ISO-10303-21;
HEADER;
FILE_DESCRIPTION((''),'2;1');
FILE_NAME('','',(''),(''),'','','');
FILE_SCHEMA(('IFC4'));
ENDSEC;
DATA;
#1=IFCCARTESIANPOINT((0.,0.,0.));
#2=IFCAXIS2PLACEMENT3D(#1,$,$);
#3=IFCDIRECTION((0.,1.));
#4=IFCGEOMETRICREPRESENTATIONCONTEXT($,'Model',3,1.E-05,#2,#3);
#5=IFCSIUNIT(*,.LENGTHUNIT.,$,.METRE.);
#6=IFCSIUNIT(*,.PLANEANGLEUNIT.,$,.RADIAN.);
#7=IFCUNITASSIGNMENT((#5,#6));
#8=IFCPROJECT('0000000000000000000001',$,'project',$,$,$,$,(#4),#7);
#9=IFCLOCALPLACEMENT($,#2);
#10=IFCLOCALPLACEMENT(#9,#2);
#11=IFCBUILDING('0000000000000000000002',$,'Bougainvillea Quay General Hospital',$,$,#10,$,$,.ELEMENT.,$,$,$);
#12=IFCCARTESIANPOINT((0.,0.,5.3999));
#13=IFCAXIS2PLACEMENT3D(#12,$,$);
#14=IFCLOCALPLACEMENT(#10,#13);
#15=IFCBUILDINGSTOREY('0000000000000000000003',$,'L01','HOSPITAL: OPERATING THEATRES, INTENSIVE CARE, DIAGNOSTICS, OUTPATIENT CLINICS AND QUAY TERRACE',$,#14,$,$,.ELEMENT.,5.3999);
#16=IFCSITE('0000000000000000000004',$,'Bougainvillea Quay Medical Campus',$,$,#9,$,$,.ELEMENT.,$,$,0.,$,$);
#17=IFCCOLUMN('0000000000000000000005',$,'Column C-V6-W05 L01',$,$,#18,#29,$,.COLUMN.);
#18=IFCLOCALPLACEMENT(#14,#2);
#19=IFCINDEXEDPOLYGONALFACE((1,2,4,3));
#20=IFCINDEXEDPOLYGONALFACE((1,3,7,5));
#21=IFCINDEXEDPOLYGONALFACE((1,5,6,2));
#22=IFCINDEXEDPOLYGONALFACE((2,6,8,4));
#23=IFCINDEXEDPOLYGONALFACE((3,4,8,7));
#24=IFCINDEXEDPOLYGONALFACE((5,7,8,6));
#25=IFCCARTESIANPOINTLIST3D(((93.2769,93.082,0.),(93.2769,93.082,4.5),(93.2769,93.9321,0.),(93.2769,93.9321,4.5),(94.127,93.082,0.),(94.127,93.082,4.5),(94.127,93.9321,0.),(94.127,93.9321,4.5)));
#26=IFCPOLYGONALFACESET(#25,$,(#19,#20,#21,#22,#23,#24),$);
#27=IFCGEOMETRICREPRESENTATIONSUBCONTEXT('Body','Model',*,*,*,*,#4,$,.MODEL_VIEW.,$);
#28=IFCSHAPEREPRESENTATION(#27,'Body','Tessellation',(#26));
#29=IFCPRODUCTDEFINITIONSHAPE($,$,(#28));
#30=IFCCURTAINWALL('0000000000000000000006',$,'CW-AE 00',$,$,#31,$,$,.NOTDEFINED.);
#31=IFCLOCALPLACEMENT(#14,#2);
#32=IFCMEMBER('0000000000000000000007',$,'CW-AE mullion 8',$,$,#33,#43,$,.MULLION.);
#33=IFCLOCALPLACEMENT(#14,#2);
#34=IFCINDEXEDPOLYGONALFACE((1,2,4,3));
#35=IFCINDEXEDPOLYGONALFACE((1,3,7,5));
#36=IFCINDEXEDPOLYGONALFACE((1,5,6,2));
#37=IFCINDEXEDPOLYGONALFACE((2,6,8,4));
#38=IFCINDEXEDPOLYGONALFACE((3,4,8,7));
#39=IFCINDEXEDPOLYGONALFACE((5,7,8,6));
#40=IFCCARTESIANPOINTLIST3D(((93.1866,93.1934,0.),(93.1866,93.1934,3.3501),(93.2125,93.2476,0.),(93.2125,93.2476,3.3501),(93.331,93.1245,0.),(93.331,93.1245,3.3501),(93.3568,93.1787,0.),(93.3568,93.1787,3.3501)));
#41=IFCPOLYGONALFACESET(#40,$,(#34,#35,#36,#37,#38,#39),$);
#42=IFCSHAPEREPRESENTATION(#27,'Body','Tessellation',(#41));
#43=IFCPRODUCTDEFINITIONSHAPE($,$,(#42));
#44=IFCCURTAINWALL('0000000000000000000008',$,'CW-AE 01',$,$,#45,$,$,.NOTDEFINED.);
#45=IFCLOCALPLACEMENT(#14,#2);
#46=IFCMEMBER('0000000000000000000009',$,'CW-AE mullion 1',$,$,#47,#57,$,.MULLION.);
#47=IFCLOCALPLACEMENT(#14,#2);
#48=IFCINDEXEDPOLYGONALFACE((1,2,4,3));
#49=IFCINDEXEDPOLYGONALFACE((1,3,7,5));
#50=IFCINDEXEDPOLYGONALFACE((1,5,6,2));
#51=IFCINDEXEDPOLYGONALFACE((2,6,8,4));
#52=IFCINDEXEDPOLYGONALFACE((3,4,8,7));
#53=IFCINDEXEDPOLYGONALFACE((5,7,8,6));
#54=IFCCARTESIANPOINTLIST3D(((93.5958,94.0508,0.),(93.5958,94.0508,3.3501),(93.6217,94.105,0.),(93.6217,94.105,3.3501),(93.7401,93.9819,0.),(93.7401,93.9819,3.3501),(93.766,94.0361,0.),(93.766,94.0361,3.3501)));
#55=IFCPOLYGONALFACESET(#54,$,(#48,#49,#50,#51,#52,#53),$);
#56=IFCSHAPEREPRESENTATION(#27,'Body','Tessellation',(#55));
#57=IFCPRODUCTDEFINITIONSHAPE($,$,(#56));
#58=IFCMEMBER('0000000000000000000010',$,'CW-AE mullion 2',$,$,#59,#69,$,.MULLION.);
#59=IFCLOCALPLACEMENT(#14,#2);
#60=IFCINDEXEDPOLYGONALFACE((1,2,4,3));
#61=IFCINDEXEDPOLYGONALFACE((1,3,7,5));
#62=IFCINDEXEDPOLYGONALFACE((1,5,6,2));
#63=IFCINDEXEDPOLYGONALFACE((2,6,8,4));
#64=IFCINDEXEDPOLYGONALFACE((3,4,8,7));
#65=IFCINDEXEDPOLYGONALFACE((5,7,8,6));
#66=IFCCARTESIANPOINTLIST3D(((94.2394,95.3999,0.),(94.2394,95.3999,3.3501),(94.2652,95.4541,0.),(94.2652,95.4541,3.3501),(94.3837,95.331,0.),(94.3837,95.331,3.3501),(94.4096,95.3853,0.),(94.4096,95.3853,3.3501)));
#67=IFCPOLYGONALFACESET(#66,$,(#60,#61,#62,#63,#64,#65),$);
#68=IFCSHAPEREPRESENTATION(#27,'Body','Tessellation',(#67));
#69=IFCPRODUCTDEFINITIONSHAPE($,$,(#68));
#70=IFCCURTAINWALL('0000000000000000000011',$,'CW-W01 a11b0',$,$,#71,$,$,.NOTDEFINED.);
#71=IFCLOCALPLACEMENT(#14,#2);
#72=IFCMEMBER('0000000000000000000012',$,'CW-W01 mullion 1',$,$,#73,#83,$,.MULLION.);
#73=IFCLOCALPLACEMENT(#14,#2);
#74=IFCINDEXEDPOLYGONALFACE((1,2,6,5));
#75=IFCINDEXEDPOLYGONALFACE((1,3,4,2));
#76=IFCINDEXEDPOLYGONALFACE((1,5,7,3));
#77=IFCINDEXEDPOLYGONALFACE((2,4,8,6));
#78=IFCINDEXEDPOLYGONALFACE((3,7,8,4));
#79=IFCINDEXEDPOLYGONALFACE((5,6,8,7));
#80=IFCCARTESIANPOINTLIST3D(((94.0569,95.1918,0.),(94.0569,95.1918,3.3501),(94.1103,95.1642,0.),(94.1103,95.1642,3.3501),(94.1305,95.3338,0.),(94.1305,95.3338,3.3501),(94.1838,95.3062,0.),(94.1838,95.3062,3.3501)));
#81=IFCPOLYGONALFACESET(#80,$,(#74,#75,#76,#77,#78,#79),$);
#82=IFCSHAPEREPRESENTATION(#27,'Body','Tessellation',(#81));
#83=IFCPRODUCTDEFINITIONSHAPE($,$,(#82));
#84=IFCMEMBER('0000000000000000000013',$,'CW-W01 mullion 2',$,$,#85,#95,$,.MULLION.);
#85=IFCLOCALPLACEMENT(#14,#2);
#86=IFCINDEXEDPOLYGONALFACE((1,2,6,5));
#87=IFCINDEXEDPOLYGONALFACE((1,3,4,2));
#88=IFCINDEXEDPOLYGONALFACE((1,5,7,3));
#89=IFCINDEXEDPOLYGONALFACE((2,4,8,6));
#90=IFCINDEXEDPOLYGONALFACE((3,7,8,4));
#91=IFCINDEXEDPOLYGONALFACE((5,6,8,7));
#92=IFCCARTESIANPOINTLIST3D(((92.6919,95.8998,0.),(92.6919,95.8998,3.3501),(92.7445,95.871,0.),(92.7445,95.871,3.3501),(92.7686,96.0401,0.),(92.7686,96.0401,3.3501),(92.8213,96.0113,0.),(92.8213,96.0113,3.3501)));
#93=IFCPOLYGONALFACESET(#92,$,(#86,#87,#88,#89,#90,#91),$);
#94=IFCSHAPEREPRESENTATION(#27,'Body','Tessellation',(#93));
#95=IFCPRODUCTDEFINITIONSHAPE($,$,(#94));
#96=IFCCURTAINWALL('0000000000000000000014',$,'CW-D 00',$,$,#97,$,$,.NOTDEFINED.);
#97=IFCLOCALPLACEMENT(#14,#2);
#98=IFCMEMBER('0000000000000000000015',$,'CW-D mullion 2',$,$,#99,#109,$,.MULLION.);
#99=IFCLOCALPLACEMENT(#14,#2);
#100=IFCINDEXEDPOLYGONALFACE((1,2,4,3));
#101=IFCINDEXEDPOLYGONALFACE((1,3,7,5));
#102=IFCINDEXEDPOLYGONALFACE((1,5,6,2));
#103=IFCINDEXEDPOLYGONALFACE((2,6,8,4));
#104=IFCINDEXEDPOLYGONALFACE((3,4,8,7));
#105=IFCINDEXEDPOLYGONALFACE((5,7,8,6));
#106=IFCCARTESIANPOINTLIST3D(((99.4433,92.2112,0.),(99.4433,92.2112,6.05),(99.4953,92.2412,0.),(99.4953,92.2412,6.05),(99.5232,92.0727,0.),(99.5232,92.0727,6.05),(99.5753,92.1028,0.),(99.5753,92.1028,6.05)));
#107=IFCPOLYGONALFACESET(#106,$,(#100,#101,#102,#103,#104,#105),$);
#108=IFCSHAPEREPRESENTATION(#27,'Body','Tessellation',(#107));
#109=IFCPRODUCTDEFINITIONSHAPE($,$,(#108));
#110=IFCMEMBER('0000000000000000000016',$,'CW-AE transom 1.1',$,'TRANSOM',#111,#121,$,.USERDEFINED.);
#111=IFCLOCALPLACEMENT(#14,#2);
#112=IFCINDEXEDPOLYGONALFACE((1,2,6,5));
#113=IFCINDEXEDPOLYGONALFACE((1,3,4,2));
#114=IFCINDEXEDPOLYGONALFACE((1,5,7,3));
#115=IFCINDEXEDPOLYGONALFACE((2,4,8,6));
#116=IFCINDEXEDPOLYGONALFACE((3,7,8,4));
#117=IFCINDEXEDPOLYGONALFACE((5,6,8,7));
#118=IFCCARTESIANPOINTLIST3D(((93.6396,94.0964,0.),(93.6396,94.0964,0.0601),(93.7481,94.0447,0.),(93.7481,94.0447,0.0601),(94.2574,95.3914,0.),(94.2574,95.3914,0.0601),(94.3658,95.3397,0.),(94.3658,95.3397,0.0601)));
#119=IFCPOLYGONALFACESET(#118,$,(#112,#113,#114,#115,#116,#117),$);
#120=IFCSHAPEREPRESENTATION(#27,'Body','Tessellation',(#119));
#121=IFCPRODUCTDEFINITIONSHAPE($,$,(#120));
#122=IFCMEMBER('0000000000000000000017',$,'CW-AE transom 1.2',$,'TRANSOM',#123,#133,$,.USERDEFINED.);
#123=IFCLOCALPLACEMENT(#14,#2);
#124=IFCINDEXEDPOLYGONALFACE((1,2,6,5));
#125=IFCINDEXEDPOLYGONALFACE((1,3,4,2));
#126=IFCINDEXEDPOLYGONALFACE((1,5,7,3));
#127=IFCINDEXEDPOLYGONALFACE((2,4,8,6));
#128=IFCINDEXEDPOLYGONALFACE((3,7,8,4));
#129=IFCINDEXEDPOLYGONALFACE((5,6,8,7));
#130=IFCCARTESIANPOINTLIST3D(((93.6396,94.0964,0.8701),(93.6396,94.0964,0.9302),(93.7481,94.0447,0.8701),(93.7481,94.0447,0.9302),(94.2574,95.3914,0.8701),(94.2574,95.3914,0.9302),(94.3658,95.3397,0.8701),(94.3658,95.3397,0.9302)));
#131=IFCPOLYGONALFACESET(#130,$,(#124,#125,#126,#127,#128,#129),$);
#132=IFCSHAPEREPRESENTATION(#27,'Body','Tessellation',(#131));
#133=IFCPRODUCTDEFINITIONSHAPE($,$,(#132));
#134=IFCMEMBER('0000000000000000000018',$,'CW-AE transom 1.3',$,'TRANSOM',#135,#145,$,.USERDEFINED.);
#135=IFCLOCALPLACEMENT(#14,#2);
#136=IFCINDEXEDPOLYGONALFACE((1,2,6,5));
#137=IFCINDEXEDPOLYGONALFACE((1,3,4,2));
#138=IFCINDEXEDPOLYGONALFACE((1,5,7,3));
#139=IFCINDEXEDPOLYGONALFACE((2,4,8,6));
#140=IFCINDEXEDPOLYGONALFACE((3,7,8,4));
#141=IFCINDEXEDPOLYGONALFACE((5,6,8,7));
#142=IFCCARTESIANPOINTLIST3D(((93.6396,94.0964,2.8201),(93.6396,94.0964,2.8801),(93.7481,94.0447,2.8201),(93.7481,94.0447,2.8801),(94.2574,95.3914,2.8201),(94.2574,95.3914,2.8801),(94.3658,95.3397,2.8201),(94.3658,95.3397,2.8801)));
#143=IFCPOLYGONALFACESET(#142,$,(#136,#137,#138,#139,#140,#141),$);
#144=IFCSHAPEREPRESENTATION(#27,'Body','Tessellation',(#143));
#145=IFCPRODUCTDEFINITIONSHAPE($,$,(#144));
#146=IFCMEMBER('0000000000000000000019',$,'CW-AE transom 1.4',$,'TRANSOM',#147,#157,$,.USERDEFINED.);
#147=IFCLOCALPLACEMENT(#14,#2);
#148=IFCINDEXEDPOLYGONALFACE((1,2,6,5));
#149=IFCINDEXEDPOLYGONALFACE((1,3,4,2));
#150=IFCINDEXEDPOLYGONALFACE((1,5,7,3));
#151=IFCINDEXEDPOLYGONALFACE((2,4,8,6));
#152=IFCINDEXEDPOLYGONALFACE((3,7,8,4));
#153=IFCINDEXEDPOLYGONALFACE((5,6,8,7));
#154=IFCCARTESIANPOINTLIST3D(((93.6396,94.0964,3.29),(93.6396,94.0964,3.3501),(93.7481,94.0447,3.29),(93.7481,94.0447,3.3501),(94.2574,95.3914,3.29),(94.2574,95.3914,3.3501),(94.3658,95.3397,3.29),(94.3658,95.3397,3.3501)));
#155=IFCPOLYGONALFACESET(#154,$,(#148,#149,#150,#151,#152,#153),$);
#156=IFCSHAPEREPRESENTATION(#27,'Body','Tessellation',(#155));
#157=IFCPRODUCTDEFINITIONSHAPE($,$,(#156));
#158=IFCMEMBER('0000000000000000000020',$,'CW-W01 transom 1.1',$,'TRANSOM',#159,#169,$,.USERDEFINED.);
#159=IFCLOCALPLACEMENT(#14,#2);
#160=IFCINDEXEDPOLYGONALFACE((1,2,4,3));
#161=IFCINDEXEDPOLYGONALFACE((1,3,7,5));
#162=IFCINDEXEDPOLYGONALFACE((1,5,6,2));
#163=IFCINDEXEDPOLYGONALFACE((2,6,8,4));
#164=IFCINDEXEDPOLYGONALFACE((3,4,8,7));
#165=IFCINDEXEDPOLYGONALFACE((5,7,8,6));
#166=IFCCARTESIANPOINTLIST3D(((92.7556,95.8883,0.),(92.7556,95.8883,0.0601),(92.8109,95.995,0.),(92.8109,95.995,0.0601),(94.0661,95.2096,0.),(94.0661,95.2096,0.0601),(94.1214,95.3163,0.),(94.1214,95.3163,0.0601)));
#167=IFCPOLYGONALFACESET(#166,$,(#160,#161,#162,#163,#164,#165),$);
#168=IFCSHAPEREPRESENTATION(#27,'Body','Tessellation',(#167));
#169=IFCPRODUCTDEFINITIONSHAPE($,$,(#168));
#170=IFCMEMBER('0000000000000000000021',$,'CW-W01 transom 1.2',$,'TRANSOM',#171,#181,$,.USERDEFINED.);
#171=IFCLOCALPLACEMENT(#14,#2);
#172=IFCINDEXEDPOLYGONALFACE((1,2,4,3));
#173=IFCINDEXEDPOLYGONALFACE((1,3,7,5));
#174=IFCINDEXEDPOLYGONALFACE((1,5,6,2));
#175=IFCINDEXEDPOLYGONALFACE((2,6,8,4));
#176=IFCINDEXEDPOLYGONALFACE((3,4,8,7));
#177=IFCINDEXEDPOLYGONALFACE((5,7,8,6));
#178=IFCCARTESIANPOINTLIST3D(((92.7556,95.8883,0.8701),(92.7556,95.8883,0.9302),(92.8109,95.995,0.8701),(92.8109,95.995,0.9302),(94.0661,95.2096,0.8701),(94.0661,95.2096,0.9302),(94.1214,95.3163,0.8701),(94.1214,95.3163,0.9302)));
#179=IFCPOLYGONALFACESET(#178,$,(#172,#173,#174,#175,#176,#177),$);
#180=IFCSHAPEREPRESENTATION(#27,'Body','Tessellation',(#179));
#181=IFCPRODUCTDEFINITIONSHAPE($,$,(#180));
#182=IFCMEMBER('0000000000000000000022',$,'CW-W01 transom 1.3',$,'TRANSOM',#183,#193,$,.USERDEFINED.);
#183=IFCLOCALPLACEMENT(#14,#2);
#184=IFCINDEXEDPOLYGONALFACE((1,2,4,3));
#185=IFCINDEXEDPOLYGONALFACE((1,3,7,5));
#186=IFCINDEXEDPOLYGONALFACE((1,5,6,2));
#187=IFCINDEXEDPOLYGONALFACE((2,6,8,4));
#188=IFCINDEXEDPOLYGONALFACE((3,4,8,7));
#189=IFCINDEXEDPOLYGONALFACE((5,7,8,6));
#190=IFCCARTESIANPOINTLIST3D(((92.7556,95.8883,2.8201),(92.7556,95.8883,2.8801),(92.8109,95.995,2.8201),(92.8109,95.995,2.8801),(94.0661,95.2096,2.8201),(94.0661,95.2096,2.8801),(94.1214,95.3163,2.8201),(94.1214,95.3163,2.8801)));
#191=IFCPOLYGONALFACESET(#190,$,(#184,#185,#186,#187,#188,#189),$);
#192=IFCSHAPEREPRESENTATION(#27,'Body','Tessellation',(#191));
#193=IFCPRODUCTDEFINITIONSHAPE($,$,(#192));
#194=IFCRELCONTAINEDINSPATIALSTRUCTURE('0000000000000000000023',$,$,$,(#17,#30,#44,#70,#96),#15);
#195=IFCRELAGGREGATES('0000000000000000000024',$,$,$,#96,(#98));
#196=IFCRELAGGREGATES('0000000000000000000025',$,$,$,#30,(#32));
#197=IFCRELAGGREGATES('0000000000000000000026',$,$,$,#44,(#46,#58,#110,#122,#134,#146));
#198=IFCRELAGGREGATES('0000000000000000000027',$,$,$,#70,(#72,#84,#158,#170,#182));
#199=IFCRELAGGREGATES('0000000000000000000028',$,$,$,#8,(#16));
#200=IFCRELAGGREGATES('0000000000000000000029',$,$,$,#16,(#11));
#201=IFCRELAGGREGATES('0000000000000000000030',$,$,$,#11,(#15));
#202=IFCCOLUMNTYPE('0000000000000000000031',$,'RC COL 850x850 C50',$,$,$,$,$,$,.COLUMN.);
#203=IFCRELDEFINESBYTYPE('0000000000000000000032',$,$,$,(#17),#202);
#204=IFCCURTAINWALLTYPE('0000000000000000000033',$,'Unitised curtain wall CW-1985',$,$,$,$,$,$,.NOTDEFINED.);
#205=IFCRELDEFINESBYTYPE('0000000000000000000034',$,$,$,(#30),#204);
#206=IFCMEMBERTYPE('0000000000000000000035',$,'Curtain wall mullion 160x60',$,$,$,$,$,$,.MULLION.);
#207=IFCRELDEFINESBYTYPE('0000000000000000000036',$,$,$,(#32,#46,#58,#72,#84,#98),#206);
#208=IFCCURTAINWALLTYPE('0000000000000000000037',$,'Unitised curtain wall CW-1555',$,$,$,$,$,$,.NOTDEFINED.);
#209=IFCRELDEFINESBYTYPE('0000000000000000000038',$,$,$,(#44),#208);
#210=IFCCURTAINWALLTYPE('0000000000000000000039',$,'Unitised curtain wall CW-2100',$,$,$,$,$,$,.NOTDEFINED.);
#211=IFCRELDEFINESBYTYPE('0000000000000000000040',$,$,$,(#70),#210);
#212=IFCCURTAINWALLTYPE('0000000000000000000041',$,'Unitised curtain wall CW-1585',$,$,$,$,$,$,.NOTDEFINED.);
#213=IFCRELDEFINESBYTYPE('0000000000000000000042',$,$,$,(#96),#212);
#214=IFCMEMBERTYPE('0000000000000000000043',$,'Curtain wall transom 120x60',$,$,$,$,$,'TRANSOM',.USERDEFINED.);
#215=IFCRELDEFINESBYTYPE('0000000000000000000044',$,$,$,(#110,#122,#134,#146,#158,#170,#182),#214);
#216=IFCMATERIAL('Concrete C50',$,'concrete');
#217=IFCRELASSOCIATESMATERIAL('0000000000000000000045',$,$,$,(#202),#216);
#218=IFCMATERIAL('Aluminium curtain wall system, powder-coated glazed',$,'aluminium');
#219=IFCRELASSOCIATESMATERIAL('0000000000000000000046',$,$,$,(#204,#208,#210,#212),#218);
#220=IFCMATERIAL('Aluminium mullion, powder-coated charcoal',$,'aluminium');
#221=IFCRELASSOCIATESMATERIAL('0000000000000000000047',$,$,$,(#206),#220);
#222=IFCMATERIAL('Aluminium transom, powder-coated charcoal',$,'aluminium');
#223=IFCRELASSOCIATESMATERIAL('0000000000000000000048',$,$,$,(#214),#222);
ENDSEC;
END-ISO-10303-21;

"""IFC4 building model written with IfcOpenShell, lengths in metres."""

from ifc_helpers import new_model, si_unit, direction, frame, origin, origin_2d, place, context, subcontext, project, spatial, rectangle, extrude, material, material_profile, profile_set, type_object, element, aggregate, save


model = new_model("IFC4")

# Units and contexts
model_context = context("Model", 3, precision=1e-05, world=origin(), true_north=direction((0.0, 1.0)))
body_context = subcontext(model_context, "Body", "Model", "MODEL_VIEW")
ifc_project = project(units=[si_unit("LENGTHUNIT", "METRE"), si_unit("PLANEANGLEUNIT", "RADIAN")], contexts=[model_context])

# Site, building, storey
site_placement = place(None, origin())
site = spatial("IfcSite", under=ifc_project, at=site_placement, Name="Bougainvillea Quay Medical Campus", CompositionType="ELEMENT", RefElevation=0.0)
building_placement = place(site_placement, origin())
building = spatial("IfcBuilding", under=site, at=building_placement, Name="Bougainvillea Quay General Hospital", CompositionType="ELEMENT")
storey_placement = place(building_placement, frame((0.0, 0.0, 5.3999)))
storey = spatial("IfcBuildingStorey", under=building, at=storey_placement, Name="L01", Description="HOSPITAL: OPERATING THEATRES, INTENSIVE CARE, DIAGNOSTICS, OUTPATIENT CLINICS AND QUAY TERRACE", CompositionType="ELEMENT", Elevation=5.3999)

# Column
ifc_material_1 = material(Name="Concrete C50", Category="concrete")
ifc_material_profile_1 = material_profile(ifc_material_1, rectangle(XDim=0.8501, YDim=0.8501, at=origin_2d()))
ifc_profile_set_1 = profile_set([ifc_material_profile_1], Name="Concrete C50")
column_type = type_object("IfcColumnType", Name="RC COL 850x850 C50", PredefinedType="COLUMN", material=ifc_profile_set_1)
column_placement = place(storey_placement, frame((93.7019, 93.5071, 0.0), z_axis=(0.0, 0.0, 1.0), x_axis=(1.0, 0.0, 0.0)))
element("IfcColumn", 1, at=column_placement, inside=storey, type_object=column_type, Name="Column C-V6-W05 L01", PredefinedType="COLUMN", context=body_context, shape_type="SweptSolid", body=[
    extrude(rectangle(XDim=0.8501, YDim=0.8501, at=origin_2d()), origin(), (0.0, 0.0, 1.0), 4.5),
])

# Curtain wall, member
ifc_material_2 = material(Name="Aluminium curtain wall system, powder-coated glazed", Category="aluminium")
curtain_wall_type_1 = type_object("IfcCurtainWallType", Name="Unitised curtain wall CW-1985", PredefinedType="NOTDEFINED", material=ifc_material_2)
curtain_wall_1_placement = place(storey_placement, origin())
curtain_wall_1 = element("IfcCurtainWall", 2, at=curtain_wall_1_placement, inside=storey, type_object=curtain_wall_type_1, Name="CW-AE 00", PredefinedType="NOTDEFINED")
ifc_material_3 = material(Name="Aluminium mullion, powder-coated charcoal", Category="aluminium")
ifc_material_profile_2 = material_profile(ifc_material_3, rectangle(XDim=0.1599, YDim=0.0601, at=origin_2d()))
ifc_profile_set_2 = profile_set([ifc_material_profile_2], Name="Aluminium mullion, powder-coated charcoal")
member_type_1 = type_object("IfcMemberType", Name="Curtain wall mullion 160x60", PredefinedType="MULLION", material=ifc_profile_set_2)
member_1_placement = place(storey_placement, frame((93.2717, 93.186, 0.0), z_axis=(0.0, 0.0, 1.0), x_axis=(-0.902561, 0.430563, 0.0)))
member_1 = element("IfcMember", 3, at=member_1_placement, type_object=member_type_1, Name="CW-AE mullion 8", PredefinedType="MULLION", context=body_context, shape_type="SweptSolid", body=[
    extrude(rectangle(XDim=0.1599, YDim=0.0601, at=origin_2d()), origin(), (0.0, 0.0, 1.0), 3.3501),
])

# Curtain walls, members
curtain_wall_type_2 = type_object("IfcCurtainWallType", Name="Unitised curtain wall CW-1555", PredefinedType="NOTDEFINED", material=ifc_material_2)
curtain_wall_2_placement = place(storey_placement, origin())
curtain_wall_2 = element("IfcCurtainWall", 4, at=curtain_wall_2_placement, inside=storey, type_object=curtain_wall_type_2, Name="CW-AE 01", PredefinedType="NOTDEFINED")
member_2_placement = place(storey_placement, frame((93.6809, 94.0435, 0.0), z_axis=(0.0, 0.0, 1.0), x_axis=(-0.902561, 0.430563, 0.0)))
member_2 = element("IfcMember", 5, at=member_2_placement, type_object=member_type_1, Name="CW-AE mullion 1", PredefinedType="MULLION", context=body_context, shape_type="SweptSolid", body=[
    extrude(rectangle(XDim=0.1599, YDim=0.0601, at=origin_2d()), origin(), (0.0, 0.0, 1.0), 3.3501),
])
member_3_placement = place(storey_placement, frame((94.3245, 95.3926, 0.0), z_axis=(0.0, 0.0, 1.0), x_axis=(-0.902561, 0.430563, 0.0)))
member_3 = element("IfcMember", 6, at=member_3_placement, type_object=member_type_1, Name="CW-AE mullion 2", PredefinedType="MULLION", context=body_context, shape_type="SweptSolid", body=[
    extrude(rectangle(XDim=0.1599, YDim=0.0601, at=origin_2d()), origin(), (0.0, 0.0, 1.0), 3.3501),
])
curtain_wall_type_3 = type_object("IfcCurtainWallType", Name="Unitised curtain wall CW-2100", PredefinedType="NOTDEFINED", material=ifc_material_2)
curtain_wall_3_placement = place(storey_placement, origin())
curtain_wall_3 = element("IfcCurtainWall", 7, at=curtain_wall_3_placement, inside=storey, type_object=curtain_wall_type_3, Name="CW-W01 a11b0", PredefinedType="NOTDEFINED")
member_4_placement = place(storey_placement, frame((94.1204, 95.249, 0.0), z_axis=(0.0, 0.0, 1.0), x_axis=(-0.459924, -0.887958, 0.0)))
member_4 = element("IfcMember", 8, at=member_4_placement, type_object=member_type_1, Name="CW-W01 mullion 1", PredefinedType="MULLION", context=body_context, shape_type="SweptSolid", body=[
    extrude(rectangle(XDim=0.1599, YDim=0.0601, at=origin_2d()), origin(), (0.0, 0.0, 1.0), 3.3501),
])
member_5_placement = place(storey_placement, frame((92.7566, 95.9556, 0.0), z_axis=(0.0, 0.0, 1.0), x_axis=(-0.480103, -0.877212, 0.0)))
member_5 = element("IfcMember", 9, at=member_5_placement, type_object=member_type_1, Name="CW-W01 mullion 2", PredefinedType="MULLION", context=body_context, shape_type="SweptSolid", body=[
    extrude(rectangle(XDim=0.1599, YDim=0.0601, at=origin_2d()), origin(), (0.0, 0.0, 1.0), 3.3501),
])

# Curtain wall, member
curtain_wall_type_4 = type_object("IfcCurtainWallType", Name="Unitised curtain wall CW-1585", PredefinedType="NOTDEFINED", material=ifc_material_2)
curtain_wall_4_placement = place(storey_placement, origin())
curtain_wall_4 = element("IfcCurtainWall", 10, at=curtain_wall_4_placement, inside=storey, type_object=curtain_wall_type_4, Name="CW-D 00", PredefinedType="NOTDEFINED")
member_6_placement = place(storey_placement, frame((99.5093, 92.157, 0.0), z_axis=(0.0, 0.0, 1.0), x_axis=(0.499965, -0.866046, 0.0)))
member_6 = element("IfcMember", 11, at=member_6_placement, type_object=member_type_1, Name="CW-D mullion 2", PredefinedType="MULLION", context=body_context, shape_type="SweptSolid", body=[
    extrude(rectangle(XDim=0.1599, YDim=0.0601, at=origin_2d()), origin(), (0.0, 0.0, 1.0), 6.05),
])

# Members
ifc_material_4 = material(Name="Aluminium transom, powder-coated charcoal", Category="aluminium")
ifc_material_profile_3 = material_profile(ifc_material_4, rectangle(XDim=0.1201, YDim=0.0601, at=origin_2d()))
ifc_profile_set_3 = profile_set([ifc_material_profile_3], Name="Aluminium transom, powder-coated charcoal")
member_type_2 = type_object("IfcMemberType", Name="Curtain wall transom 120x60", ElementType="TRANSOM", PredefinedType="USERDEFINED", material=ifc_profile_set_3)
member_7_placement = place(storey_placement, frame((93.6938, 94.0706, 0.03), z_axis=(0.430528, 0.902577, 0.0), x_axis=(-0.902577, 0.430528, 0.0)))
member_7 = element("IfcMember", 12, at=member_7_placement, type_object=member_type_2, Name="CW-AE transom 1.1", ObjectType="TRANSOM", PredefinedType="USERDEFINED", context=body_context, shape_type="SweptSolid", body=[
    extrude(rectangle(XDim=0.1201, YDim=0.0601, at=origin_2d()), origin(), (0.0, 0.0, 1.0), 1.4348),
])
member_8_placement = place(storey_placement, frame((93.6938, 94.0706, 0.9001), z_axis=(0.430528, 0.902577, 0.0), x_axis=(-0.902577, 0.430528, 0.0)))
member_8 = element("IfcMember", 13, at=member_8_placement, type_object=member_type_2, Name="CW-AE transom 1.2", ObjectType="TRANSOM", PredefinedType="USERDEFINED", context=body_context, shape_type="SweptSolid", body=[
    extrude(rectangle(XDim=0.1201, YDim=0.0601, at=origin_2d()), origin(), (0.0, 0.0, 1.0), 1.4348),
])
member_9_placement = place(storey_placement, frame((93.6938, 94.0706, 2.8501), z_axis=(0.430528, 0.902577, 0.0), x_axis=(-0.902577, 0.430528, 0.0)))
member_9 = element("IfcMember", 14, at=member_9_placement, type_object=member_type_2, Name="CW-AE transom 1.3", ObjectType="TRANSOM", PredefinedType="USERDEFINED", context=body_context, shape_type="SweptSolid", body=[
    extrude(rectangle(XDim=0.1201, YDim=0.0601, at=origin_2d()), origin(), (0.0, 0.0, 1.0), 1.4348),
])
member_10_placement = place(storey_placement, frame((93.6938, 94.0706, 3.3201), z_axis=(0.430528, 0.902577, 0.0), x_axis=(-0.902577, 0.430528, 0.0)))
member_10 = element("IfcMember", 15, at=member_10_placement, type_object=member_type_2, Name="CW-AE transom 1.4", ObjectType="TRANSOM", PredefinedType="USERDEFINED", context=body_context, shape_type="SweptSolid", body=[
    extrude(rectangle(XDim=0.1201, YDim=0.0601, at=origin_2d()), origin(), (0.0, 0.0, 1.0), 1.4348),
])
member_11_placement = place(storey_placement, frame((94.0938, 95.2629, 0.03), z_axis=(-0.887985, 0.459873, 0.0), x_axis=(-0.459873, -0.887985, 0.0)))
member_11 = element("IfcMember", 16, at=member_11_placement, type_object=member_type_2, Name="CW-W01 transom 1.1", ObjectType="TRANSOM", PredefinedType="USERDEFINED", context=body_context, shape_type="SweptSolid", body=[
    extrude(rectangle(XDim=0.1201, YDim=0.0601, at=origin_2d()), origin(), (0.0, 0.0, 1.0), 1.4758),
])
member_12_placement = place(storey_placement, frame((94.0938, 95.2629, 0.9001), z_axis=(-0.887985, 0.459873, 0.0), x_axis=(-0.459873, -0.887985, 0.0)))
member_12 = element("IfcMember", 17, at=member_12_placement, type_object=member_type_2, Name="CW-W01 transom 1.2", ObjectType="TRANSOM", PredefinedType="USERDEFINED", context=body_context, shape_type="SweptSolid", body=[
    extrude(rectangle(XDim=0.1201, YDim=0.0601, at=origin_2d()), origin(), (0.0, 0.0, 1.0), 1.4758),
])
member_13_placement = place(storey_placement, frame((94.0938, 95.2629, 2.8501), z_axis=(-0.887985, 0.459873, 0.0), x_axis=(-0.459873, -0.887985, 0.0)))
member_13 = element("IfcMember", 18, at=member_13_placement, type_object=member_type_2, Name="CW-W01 transom 1.3", ObjectType="TRANSOM", PredefinedType="USERDEFINED", context=body_context, shape_type="SweptSolid", body=[
    extrude(rectangle(XDim=0.1201, YDim=0.0601, at=origin_2d()), origin(), (0.0, 0.0, 1.0), 1.4758),
])
aggregate(curtain_wall_4, [member_6])

aggregate(curtain_wall_1, [member_1])
aggregate(curtain_wall_2, [member_2, member_3, member_7, member_8, member_9, member_10])
aggregate(curtain_wall_3, [member_4, member_5, member_11, member_12, member_13])

save(model, "model.ifc")
